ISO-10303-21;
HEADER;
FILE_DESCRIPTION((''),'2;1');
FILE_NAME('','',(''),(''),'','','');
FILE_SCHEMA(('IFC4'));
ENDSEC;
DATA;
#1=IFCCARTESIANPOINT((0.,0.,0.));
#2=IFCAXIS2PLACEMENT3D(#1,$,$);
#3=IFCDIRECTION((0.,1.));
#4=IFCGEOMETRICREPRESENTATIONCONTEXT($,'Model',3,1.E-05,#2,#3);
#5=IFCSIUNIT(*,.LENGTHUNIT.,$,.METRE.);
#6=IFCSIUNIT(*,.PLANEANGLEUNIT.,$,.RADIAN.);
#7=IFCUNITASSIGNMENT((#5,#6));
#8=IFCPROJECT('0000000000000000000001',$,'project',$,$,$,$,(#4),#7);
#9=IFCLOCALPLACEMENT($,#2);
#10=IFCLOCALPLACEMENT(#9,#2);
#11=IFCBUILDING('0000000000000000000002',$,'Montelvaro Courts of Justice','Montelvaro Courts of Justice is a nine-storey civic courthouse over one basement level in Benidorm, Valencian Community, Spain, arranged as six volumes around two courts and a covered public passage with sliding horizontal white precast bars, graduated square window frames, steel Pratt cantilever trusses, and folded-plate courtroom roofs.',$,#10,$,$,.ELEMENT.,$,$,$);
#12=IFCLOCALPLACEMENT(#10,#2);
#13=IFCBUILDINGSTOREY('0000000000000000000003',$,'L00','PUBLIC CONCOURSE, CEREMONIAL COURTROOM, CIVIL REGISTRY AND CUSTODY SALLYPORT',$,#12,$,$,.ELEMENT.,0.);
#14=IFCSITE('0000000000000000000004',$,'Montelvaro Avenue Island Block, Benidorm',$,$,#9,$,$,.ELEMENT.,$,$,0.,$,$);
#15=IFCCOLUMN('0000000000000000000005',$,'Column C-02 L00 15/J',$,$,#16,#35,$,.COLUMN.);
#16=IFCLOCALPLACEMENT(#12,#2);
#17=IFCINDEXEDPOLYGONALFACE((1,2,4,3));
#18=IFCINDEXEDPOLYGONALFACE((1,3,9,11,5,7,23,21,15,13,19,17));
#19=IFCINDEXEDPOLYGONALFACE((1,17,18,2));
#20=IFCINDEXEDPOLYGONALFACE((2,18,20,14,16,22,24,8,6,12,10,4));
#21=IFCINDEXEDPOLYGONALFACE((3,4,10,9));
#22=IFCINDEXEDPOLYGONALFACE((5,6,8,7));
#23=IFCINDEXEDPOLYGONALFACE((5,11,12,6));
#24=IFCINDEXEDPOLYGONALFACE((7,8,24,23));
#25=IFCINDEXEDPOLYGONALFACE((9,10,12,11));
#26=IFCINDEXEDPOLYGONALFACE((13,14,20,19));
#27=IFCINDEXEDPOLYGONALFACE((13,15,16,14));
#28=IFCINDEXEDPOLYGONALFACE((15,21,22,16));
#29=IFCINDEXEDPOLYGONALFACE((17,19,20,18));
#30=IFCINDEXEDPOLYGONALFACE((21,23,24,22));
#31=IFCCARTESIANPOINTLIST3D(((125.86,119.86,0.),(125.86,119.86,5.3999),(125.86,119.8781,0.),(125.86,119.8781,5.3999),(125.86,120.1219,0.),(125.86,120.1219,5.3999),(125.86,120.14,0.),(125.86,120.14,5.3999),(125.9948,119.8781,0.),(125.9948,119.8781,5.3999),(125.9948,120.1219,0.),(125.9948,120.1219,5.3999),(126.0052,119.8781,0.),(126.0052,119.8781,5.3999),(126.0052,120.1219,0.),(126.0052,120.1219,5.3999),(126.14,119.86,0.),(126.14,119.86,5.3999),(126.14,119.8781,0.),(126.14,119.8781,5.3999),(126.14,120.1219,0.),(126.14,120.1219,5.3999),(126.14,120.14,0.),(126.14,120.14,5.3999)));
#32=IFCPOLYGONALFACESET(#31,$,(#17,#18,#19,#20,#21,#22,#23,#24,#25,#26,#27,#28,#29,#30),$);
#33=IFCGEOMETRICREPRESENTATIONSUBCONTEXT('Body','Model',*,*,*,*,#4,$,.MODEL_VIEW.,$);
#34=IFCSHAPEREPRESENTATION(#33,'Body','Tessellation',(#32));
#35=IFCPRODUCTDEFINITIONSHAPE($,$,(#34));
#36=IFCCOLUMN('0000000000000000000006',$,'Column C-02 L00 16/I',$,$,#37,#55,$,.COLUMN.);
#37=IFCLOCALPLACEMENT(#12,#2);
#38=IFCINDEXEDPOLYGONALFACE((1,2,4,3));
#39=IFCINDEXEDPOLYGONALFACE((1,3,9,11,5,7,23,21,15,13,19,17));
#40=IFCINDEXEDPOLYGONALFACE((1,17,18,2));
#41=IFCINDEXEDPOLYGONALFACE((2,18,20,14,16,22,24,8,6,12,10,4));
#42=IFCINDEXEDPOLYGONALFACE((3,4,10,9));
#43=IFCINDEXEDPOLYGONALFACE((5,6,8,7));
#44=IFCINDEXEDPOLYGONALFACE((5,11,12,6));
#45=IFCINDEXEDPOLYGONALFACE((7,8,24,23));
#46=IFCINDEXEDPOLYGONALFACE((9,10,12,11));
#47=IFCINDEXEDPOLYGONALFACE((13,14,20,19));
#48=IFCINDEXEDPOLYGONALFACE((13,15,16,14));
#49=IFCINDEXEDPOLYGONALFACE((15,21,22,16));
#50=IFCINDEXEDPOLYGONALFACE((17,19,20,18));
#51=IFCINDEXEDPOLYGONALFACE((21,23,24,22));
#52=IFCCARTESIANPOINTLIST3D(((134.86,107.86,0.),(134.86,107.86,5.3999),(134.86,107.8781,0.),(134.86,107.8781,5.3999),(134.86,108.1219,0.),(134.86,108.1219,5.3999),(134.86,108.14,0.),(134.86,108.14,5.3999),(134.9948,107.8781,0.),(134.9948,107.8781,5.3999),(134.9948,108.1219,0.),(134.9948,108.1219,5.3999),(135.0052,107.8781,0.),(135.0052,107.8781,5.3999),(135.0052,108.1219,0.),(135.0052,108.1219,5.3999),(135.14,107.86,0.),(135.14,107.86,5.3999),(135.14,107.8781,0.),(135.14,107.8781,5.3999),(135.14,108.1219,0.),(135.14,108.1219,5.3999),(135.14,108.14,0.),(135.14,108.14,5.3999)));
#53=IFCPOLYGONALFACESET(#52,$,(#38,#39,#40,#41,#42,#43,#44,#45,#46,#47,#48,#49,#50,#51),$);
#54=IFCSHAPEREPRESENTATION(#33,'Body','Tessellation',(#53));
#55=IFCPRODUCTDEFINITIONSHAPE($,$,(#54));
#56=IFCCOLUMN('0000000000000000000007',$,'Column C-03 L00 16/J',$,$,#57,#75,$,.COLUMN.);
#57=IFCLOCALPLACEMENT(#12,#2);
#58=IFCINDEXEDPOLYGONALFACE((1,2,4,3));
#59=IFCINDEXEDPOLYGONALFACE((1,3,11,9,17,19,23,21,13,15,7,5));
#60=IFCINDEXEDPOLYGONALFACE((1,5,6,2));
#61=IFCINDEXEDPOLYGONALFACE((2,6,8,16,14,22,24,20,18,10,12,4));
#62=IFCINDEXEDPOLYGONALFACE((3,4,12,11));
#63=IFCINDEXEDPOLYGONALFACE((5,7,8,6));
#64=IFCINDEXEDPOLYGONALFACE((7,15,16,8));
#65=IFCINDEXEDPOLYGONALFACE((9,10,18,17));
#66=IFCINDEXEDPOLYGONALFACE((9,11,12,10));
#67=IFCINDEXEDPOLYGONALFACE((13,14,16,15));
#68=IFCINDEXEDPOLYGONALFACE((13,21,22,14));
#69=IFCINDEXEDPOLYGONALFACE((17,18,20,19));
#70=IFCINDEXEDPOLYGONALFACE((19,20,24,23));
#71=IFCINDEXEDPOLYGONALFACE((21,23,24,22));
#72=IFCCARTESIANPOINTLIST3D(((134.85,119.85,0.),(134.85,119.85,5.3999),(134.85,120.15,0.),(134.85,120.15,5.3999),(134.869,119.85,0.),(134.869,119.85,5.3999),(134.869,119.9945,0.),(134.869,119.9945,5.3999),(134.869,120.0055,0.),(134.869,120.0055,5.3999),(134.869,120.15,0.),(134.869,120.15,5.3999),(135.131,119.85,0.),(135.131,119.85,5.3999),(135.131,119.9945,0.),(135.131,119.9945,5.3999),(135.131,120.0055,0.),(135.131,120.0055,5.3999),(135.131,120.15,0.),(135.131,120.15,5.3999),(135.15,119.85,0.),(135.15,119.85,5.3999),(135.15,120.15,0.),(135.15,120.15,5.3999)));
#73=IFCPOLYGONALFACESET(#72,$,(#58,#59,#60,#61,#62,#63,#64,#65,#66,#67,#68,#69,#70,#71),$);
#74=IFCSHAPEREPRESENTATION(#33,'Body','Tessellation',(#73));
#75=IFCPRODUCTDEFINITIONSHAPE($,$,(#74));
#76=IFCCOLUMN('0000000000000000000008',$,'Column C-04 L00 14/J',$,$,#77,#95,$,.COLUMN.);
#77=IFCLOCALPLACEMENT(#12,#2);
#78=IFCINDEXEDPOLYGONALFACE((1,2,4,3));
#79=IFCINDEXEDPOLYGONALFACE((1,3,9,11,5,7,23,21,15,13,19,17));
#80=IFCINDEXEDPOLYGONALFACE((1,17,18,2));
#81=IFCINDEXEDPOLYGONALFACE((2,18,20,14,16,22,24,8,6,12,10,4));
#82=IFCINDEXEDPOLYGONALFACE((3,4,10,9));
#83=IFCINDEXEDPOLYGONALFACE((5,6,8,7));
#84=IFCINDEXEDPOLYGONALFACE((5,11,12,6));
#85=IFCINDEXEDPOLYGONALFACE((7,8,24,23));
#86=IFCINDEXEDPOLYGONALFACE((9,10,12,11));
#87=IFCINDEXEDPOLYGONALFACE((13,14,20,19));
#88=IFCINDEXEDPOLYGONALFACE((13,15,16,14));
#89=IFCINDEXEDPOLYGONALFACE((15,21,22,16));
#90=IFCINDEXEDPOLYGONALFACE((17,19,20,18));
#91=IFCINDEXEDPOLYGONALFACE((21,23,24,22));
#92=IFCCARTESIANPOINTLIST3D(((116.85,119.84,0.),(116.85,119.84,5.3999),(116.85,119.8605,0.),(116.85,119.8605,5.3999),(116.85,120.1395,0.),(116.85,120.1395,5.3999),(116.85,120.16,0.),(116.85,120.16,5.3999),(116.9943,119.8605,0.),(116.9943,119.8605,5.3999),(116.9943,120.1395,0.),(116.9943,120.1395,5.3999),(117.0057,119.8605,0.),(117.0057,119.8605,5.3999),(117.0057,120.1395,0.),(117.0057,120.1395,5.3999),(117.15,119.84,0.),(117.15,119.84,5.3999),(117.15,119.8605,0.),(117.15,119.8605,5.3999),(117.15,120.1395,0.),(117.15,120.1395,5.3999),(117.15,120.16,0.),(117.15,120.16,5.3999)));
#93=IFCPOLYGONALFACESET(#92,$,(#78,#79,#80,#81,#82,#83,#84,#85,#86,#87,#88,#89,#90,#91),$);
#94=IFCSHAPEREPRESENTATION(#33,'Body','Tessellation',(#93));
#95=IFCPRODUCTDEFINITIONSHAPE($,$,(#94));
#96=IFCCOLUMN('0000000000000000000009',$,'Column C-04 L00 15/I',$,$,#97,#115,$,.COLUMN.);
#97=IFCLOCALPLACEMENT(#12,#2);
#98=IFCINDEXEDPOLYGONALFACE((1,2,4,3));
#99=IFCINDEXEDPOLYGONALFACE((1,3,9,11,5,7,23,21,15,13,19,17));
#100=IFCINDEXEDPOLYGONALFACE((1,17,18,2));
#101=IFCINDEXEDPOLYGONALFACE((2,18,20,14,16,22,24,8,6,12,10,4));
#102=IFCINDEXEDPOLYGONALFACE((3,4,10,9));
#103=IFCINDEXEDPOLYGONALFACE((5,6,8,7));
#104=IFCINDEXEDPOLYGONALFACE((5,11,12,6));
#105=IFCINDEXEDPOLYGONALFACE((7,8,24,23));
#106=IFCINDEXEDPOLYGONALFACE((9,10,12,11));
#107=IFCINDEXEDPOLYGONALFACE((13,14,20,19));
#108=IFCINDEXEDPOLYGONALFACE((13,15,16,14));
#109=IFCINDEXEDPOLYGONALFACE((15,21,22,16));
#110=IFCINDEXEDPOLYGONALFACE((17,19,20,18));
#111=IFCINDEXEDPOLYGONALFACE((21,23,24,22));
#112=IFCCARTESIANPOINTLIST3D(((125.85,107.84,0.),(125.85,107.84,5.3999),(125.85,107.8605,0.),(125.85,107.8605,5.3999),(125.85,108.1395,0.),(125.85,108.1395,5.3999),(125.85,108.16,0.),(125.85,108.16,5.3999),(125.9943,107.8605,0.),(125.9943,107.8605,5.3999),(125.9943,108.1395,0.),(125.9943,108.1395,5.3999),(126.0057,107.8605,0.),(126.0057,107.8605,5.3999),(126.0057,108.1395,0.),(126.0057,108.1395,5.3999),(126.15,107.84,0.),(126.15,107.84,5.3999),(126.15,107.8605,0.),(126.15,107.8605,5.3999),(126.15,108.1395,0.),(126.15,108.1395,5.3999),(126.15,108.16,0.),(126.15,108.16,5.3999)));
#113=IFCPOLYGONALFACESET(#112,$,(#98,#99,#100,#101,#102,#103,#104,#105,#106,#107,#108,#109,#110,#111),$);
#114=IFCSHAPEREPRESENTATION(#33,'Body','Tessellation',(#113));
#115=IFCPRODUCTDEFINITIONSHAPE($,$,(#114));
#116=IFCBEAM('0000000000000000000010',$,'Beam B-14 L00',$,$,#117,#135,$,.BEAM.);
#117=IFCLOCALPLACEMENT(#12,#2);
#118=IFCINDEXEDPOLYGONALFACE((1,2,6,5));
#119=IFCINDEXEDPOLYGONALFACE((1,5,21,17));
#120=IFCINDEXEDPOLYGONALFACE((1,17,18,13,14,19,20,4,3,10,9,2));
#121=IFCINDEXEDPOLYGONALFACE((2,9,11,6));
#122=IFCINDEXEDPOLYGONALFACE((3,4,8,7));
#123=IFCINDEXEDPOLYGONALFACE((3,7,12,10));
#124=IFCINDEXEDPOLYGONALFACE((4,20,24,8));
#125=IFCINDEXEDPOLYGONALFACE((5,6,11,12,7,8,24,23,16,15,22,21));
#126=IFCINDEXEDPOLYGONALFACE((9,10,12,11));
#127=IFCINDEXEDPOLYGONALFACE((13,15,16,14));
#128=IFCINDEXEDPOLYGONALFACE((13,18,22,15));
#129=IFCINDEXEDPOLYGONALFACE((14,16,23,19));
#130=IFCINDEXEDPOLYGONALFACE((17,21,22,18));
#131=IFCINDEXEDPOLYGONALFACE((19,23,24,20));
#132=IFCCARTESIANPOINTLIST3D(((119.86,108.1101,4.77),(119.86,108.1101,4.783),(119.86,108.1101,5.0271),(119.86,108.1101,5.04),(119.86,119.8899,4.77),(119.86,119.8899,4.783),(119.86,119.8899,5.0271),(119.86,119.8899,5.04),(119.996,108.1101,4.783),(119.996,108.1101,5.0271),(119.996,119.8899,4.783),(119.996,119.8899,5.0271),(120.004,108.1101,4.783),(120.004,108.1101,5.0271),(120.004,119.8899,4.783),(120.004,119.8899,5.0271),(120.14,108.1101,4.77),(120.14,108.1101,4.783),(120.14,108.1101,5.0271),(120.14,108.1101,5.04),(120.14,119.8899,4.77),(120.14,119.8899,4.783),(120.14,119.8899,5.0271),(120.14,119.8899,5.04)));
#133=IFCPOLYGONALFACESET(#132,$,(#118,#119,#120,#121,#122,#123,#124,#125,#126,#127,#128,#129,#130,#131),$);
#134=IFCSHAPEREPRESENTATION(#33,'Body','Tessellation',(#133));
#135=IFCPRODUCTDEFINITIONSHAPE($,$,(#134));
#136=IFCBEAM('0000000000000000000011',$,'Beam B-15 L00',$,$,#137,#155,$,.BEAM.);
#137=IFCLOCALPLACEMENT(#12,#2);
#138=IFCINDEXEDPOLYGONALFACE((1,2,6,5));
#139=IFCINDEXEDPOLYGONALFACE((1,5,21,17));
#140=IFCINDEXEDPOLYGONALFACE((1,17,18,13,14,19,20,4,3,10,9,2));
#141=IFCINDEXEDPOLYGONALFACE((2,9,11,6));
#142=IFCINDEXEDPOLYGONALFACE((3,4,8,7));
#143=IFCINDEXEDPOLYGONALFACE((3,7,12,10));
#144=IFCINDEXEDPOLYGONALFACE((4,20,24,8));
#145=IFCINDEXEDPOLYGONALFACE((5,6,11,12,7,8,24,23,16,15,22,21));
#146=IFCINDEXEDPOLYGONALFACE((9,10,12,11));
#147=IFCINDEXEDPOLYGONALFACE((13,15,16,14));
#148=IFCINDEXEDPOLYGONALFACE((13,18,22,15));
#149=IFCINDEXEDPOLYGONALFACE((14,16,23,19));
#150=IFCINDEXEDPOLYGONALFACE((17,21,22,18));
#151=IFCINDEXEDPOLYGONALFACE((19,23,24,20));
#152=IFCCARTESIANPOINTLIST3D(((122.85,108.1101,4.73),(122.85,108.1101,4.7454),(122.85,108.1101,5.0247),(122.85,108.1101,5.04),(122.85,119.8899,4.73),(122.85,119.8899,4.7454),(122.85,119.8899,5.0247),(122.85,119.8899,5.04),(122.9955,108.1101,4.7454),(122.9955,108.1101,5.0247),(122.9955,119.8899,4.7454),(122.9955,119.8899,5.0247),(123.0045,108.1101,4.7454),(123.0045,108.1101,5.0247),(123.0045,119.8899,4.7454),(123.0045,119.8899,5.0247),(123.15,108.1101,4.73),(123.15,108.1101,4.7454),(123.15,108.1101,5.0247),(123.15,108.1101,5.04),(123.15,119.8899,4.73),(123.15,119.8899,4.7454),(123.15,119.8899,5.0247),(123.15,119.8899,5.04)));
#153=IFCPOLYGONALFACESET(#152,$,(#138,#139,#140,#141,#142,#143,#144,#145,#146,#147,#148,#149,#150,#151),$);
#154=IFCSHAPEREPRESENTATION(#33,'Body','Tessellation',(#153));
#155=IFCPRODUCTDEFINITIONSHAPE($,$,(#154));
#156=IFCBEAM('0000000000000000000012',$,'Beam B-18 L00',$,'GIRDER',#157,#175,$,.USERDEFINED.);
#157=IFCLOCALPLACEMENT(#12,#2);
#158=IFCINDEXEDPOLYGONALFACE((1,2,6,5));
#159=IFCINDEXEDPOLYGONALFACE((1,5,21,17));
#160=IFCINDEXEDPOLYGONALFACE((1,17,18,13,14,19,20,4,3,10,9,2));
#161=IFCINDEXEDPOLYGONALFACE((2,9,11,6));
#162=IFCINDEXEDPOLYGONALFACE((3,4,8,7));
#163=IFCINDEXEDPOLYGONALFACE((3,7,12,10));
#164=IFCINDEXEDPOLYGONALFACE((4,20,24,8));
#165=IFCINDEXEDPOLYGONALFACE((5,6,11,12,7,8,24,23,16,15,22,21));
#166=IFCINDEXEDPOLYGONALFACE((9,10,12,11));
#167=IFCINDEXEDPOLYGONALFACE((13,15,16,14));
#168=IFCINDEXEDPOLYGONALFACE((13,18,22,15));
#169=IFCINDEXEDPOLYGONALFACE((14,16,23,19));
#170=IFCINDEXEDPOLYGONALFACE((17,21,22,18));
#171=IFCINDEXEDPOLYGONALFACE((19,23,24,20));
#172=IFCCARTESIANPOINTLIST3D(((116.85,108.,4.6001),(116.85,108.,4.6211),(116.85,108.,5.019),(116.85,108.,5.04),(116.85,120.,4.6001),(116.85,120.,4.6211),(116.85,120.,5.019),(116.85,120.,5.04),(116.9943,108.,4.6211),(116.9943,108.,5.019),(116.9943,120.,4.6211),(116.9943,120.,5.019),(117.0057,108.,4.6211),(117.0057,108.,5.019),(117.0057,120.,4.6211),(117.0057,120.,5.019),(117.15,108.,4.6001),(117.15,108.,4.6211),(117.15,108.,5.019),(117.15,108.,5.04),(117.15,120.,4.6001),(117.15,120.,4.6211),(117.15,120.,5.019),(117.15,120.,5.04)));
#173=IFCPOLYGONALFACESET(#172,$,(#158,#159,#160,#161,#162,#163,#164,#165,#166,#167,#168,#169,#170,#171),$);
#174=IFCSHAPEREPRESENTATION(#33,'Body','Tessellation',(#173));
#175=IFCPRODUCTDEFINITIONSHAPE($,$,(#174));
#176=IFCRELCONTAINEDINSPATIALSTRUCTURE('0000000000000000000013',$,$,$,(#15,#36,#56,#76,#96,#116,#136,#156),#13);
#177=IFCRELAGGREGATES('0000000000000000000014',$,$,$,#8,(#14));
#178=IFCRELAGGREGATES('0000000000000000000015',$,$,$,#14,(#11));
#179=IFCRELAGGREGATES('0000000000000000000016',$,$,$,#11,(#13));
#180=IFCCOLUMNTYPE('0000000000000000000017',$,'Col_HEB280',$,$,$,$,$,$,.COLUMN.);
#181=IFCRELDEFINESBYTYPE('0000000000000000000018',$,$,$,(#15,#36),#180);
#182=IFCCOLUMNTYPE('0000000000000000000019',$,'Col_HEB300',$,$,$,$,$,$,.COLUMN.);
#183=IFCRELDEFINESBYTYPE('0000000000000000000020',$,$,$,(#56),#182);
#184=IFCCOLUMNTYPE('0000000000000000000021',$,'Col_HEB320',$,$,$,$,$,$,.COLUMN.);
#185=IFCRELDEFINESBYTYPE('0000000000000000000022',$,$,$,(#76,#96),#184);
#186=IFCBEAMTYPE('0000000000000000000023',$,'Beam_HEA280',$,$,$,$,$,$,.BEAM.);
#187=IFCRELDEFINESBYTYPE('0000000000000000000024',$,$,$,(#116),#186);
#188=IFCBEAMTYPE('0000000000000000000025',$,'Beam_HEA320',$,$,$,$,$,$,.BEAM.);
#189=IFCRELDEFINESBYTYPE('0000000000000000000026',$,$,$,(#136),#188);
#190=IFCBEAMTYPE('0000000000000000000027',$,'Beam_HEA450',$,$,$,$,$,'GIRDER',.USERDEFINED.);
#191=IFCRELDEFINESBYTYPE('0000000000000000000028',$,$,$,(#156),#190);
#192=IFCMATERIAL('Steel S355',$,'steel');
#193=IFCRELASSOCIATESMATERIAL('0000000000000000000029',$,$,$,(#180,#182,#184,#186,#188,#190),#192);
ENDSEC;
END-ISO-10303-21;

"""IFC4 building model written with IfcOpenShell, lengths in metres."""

from ifc_helpers import new_model, si_unit, direction, frame, origin, origin_2d, place, context, subcontext, project, spatial, i_section, extrude, material, material_profile, profile_set, type_object, element, save


model = new_model("IFC4")

# Units and contexts
model_context = context("Model", 3, precision=1e-05, world=origin(), true_north=direction((0.0, 1.0)))
body_context = subcontext(model_context, "Body", "Model", "MODEL_VIEW")
ifc_project = project(units=[si_unit("LENGTHUNIT", "METRE"), si_unit("PLANEANGLEUNIT", "RADIAN")], contexts=[model_context])

# Site, building, storey
site_placement = place(None, origin())
site = spatial("IfcSite", under=ifc_project, at=site_placement, Name="Montelvaro Avenue Island Block, Benidorm", CompositionType="ELEMENT", RefElevation=0.0)
building_placement = place(site_placement, origin())
building = spatial("IfcBuilding", under=site, at=building_placement, Name="Montelvaro Courts of Justice", Description="Montelvaro Courts of Justice is a nine-storey civic courthouse over one basement level in Benidorm, Valencian Community, Spain, arranged as six volumes around two courts and a covered public passage with sliding horizontal white precast bars, graduated square window frames, steel Pratt cantilever trusses, and folded-plate courtroom roofs.", CompositionType="ELEMENT")
storey_placement = place(building_placement, origin())
storey = spatial("IfcBuildingStorey", under=building, at=storey_placement, Name="L00", Description="PUBLIC CONCOURSE, CEREMONIAL COURTROOM, CIVIL REGISTRY AND CUSTODY SALLYPORT", CompositionType="ELEMENT", Elevation=0.0)

# Columns
ifc_material_1 = material(Name="Steel S355", Category="steel")
ifc_material_profile_1 = material_profile(ifc_material_1, i_section(OverallWidth=0.28, OverallDepth=0.28, WebThickness=0.0105, FlangeThickness=0.0181, at=origin_2d()), Name="HEB 280")
ifc_profile_set_1 = profile_set([ifc_material_profile_1], Name="Steel S355")
column_type_1 = type_object("IfcColumnType", Name="Col_HEB280", PredefinedType="COLUMN", material=ifc_profile_set_1)
for number, where, z_axis, x_axis, name in (
    (1, (126.0, 120.0, 0.0), (0.0, 0.0, 1.0), (1.0, 0.0, 0.0), "Column C-02 L00 15/J"),
    (2, (135.0, 108.0, 0.0), (0.0, 0.0, 1.0), (1.0, 0.0, 0.0), "Column C-02 L00 16/I"),
):
    element("IfcColumn", number, at=place(storey_placement, frame(where, z_axis=z_axis, x_axis=x_axis)), inside=storey, type_object=column_type_1, Name=name, PredefinedType="COLUMN", context=body_context, shape_type="SweptSolid", body=[
        extrude(i_section(OverallWidth=0.28, OverallDepth=0.28, WebThickness=0.0105, FlangeThickness=0.0181, at=origin_2d()), origin(), (0.0, 0.0, 1.0), 5.3999),
    ])
ifc_material_profile_2 = material_profile(ifc_material_1, i_section(OverallWidth=0.3, OverallDepth=0.3, WebThickness=0.011, FlangeThickness=0.019, at=origin_2d()), Name="HEB 300")
ifc_profile_set_2 = profile_set([ifc_material_profile_2], Name="Steel S355")
column_type_2 = type_object("IfcColumnType", Name="Col_HEB300", PredefinedType="COLUMN", material=ifc_profile_set_2)
column_placement = place(storey_placement, frame((135.0, 120.0, 0.0), z_axis=(0.0, 0.0, 1.0), x_axis=(0.0, 1.0, 0.0)))
element("IfcColumn", 3, at=column_placement, inside=storey, type_object=column_type_2, Name="Column C-03 L00 16/J", PredefinedType="COLUMN", context=body_context, shape_type="SweptSolid", body=[
    extrude(i_section(OverallWidth=0.3, OverallDepth=0.3, WebThickness=0.011, FlangeThickness=0.019, at=origin_2d()), origin(), (0.0, 0.0, 1.0), 5.3999),
])
ifc_material_profile_3 = material_profile(ifc_material_1, i_section(OverallWidth=0.3, OverallDepth=0.3201, WebThickness=0.0115, FlangeThickness=0.0205, at=origin_2d()), Name="HEB 320")
ifc_profile_set_3 = profile_set([ifc_material_profile_3], Name="Steel S355")
column_type_3 = type_object("IfcColumnType", Name="Col_HEB320", PredefinedType="COLUMN", material=ifc_profile_set_3)
for number, where, z_axis, x_axis, name in (
    (4, (117.0, 120.0, 0.0), (0.0, 0.0, 1.0), (1.0, 0.0, 0.0), "Column C-04 L00 14/J"),
    (5, (126.0, 108.0, 0.0), (0.0, 0.0, 1.0), (1.0, 0.0, 0.0), "Column C-04 L00 15/I"),
):
    element("IfcColumn", number, at=place(storey_placement, frame(where, z_axis=z_axis, x_axis=x_axis)), inside=storey, type_object=column_type_3, Name=name, PredefinedType="COLUMN", context=body_context, shape_type="SweptSolid", body=[
        extrude(i_section(OverallWidth=0.3, OverallDepth=0.3201, WebThickness=0.0115, FlangeThickness=0.0205, at=origin_2d()), origin(), (0.0, 0.0, 1.0), 5.3999),
    ])

# Beams
ifc_material_profile_4 = material_profile(ifc_material_1, i_section(OverallWidth=0.28, OverallDepth=0.27, WebThickness=0.0081, FlangeThickness=0.0129, at=origin_2d()), Name="HEA 280")
ifc_profile_set_4 = profile_set([ifc_material_profile_4], Name="Steel S355")
beam_type_1 = type_object("IfcBeamType", Name="Beam_HEA280", PredefinedType="BEAM", material=ifc_profile_set_4)
beam_1_placement = place(storey_placement, frame((120.0, 108.1101, 4.905), z_axis=(0.0, 1.0, 0.0), x_axis=(-1.0, 0.0, 0.0)))
element("IfcBeam", 6, at=beam_1_placement, inside=storey, type_object=beam_type_1, Name="Beam B-14 L00", PredefinedType="BEAM", context=body_context, shape_type="SweptSolid", body=[
    extrude(i_section(OverallWidth=0.28, OverallDepth=0.27, WebThickness=0.0081, FlangeThickness=0.0129, at=origin_2d()), origin(), (0.0, 0.0, 1.0), 11.7798),
])
ifc_material_profile_5 = material_profile(ifc_material_1, i_section(OverallWidth=0.3, OverallDepth=0.3101, WebThickness=0.009, FlangeThickness=0.0154, at=origin_2d()), Name="HEA 320")
ifc_profile_set_5 = profile_set([ifc_material_profile_5], Name="Steel S355")
beam_type_2 = type_object("IfcBeamType", Name="Beam_HEA320", PredefinedType="BEAM", material=ifc_profile_set_5)
beam_2_placement = place(storey_placement, frame((123.0, 108.1101, 4.885), z_axis=(0.0, 1.0, 0.0), x_axis=(-1.0, 0.0, 0.0)))
element("IfcBeam", 7, at=beam_2_placement, inside=storey, type_object=beam_type_2, Name="Beam B-15 L00", PredefinedType="BEAM", context=body_context, shape_type="SweptSolid", body=[
    extrude(i_section(OverallWidth=0.3, OverallDepth=0.3101, WebThickness=0.009, FlangeThickness=0.0154, at=origin_2d()), origin(), (0.0, 0.0, 1.0), 11.7798),
])
ifc_material_profile_6 = material_profile(ifc_material_1, i_section(OverallWidth=0.3, OverallDepth=0.4399, WebThickness=0.0115, FlangeThickness=0.021, at=origin_2d()), Name="HEA 450")
ifc_profile_set_6 = profile_set([ifc_material_profile_6], Name="Steel S355")
beam_type_3 = type_object("IfcBeamType", Name="Beam_HEA450", ElementType="GIRDER", PredefinedType="USERDEFINED", material=ifc_profile_set_6)
beam_3_placement = place(storey_placement, frame((117.0, 108.0, 4.8201), z_axis=(0.0, 1.0, 0.0), x_axis=(-1.0, 0.0, 0.0)))
element("IfcBeam", 8, at=beam_3_placement, inside=storey, type_object=beam_type_3, Name="Beam B-18 L00", ObjectType="GIRDER", PredefinedType="USERDEFINED", context=body_context, shape_type="SweptSolid", body=[
    extrude(i_section(OverallWidth=0.3, OverallDepth=0.4399, WebThickness=0.0115, FlangeThickness=0.021, at=origin_2d()), origin(), (0.0, 0.0, 1.0), 12.0),
])

save(model, "model.ifc")
